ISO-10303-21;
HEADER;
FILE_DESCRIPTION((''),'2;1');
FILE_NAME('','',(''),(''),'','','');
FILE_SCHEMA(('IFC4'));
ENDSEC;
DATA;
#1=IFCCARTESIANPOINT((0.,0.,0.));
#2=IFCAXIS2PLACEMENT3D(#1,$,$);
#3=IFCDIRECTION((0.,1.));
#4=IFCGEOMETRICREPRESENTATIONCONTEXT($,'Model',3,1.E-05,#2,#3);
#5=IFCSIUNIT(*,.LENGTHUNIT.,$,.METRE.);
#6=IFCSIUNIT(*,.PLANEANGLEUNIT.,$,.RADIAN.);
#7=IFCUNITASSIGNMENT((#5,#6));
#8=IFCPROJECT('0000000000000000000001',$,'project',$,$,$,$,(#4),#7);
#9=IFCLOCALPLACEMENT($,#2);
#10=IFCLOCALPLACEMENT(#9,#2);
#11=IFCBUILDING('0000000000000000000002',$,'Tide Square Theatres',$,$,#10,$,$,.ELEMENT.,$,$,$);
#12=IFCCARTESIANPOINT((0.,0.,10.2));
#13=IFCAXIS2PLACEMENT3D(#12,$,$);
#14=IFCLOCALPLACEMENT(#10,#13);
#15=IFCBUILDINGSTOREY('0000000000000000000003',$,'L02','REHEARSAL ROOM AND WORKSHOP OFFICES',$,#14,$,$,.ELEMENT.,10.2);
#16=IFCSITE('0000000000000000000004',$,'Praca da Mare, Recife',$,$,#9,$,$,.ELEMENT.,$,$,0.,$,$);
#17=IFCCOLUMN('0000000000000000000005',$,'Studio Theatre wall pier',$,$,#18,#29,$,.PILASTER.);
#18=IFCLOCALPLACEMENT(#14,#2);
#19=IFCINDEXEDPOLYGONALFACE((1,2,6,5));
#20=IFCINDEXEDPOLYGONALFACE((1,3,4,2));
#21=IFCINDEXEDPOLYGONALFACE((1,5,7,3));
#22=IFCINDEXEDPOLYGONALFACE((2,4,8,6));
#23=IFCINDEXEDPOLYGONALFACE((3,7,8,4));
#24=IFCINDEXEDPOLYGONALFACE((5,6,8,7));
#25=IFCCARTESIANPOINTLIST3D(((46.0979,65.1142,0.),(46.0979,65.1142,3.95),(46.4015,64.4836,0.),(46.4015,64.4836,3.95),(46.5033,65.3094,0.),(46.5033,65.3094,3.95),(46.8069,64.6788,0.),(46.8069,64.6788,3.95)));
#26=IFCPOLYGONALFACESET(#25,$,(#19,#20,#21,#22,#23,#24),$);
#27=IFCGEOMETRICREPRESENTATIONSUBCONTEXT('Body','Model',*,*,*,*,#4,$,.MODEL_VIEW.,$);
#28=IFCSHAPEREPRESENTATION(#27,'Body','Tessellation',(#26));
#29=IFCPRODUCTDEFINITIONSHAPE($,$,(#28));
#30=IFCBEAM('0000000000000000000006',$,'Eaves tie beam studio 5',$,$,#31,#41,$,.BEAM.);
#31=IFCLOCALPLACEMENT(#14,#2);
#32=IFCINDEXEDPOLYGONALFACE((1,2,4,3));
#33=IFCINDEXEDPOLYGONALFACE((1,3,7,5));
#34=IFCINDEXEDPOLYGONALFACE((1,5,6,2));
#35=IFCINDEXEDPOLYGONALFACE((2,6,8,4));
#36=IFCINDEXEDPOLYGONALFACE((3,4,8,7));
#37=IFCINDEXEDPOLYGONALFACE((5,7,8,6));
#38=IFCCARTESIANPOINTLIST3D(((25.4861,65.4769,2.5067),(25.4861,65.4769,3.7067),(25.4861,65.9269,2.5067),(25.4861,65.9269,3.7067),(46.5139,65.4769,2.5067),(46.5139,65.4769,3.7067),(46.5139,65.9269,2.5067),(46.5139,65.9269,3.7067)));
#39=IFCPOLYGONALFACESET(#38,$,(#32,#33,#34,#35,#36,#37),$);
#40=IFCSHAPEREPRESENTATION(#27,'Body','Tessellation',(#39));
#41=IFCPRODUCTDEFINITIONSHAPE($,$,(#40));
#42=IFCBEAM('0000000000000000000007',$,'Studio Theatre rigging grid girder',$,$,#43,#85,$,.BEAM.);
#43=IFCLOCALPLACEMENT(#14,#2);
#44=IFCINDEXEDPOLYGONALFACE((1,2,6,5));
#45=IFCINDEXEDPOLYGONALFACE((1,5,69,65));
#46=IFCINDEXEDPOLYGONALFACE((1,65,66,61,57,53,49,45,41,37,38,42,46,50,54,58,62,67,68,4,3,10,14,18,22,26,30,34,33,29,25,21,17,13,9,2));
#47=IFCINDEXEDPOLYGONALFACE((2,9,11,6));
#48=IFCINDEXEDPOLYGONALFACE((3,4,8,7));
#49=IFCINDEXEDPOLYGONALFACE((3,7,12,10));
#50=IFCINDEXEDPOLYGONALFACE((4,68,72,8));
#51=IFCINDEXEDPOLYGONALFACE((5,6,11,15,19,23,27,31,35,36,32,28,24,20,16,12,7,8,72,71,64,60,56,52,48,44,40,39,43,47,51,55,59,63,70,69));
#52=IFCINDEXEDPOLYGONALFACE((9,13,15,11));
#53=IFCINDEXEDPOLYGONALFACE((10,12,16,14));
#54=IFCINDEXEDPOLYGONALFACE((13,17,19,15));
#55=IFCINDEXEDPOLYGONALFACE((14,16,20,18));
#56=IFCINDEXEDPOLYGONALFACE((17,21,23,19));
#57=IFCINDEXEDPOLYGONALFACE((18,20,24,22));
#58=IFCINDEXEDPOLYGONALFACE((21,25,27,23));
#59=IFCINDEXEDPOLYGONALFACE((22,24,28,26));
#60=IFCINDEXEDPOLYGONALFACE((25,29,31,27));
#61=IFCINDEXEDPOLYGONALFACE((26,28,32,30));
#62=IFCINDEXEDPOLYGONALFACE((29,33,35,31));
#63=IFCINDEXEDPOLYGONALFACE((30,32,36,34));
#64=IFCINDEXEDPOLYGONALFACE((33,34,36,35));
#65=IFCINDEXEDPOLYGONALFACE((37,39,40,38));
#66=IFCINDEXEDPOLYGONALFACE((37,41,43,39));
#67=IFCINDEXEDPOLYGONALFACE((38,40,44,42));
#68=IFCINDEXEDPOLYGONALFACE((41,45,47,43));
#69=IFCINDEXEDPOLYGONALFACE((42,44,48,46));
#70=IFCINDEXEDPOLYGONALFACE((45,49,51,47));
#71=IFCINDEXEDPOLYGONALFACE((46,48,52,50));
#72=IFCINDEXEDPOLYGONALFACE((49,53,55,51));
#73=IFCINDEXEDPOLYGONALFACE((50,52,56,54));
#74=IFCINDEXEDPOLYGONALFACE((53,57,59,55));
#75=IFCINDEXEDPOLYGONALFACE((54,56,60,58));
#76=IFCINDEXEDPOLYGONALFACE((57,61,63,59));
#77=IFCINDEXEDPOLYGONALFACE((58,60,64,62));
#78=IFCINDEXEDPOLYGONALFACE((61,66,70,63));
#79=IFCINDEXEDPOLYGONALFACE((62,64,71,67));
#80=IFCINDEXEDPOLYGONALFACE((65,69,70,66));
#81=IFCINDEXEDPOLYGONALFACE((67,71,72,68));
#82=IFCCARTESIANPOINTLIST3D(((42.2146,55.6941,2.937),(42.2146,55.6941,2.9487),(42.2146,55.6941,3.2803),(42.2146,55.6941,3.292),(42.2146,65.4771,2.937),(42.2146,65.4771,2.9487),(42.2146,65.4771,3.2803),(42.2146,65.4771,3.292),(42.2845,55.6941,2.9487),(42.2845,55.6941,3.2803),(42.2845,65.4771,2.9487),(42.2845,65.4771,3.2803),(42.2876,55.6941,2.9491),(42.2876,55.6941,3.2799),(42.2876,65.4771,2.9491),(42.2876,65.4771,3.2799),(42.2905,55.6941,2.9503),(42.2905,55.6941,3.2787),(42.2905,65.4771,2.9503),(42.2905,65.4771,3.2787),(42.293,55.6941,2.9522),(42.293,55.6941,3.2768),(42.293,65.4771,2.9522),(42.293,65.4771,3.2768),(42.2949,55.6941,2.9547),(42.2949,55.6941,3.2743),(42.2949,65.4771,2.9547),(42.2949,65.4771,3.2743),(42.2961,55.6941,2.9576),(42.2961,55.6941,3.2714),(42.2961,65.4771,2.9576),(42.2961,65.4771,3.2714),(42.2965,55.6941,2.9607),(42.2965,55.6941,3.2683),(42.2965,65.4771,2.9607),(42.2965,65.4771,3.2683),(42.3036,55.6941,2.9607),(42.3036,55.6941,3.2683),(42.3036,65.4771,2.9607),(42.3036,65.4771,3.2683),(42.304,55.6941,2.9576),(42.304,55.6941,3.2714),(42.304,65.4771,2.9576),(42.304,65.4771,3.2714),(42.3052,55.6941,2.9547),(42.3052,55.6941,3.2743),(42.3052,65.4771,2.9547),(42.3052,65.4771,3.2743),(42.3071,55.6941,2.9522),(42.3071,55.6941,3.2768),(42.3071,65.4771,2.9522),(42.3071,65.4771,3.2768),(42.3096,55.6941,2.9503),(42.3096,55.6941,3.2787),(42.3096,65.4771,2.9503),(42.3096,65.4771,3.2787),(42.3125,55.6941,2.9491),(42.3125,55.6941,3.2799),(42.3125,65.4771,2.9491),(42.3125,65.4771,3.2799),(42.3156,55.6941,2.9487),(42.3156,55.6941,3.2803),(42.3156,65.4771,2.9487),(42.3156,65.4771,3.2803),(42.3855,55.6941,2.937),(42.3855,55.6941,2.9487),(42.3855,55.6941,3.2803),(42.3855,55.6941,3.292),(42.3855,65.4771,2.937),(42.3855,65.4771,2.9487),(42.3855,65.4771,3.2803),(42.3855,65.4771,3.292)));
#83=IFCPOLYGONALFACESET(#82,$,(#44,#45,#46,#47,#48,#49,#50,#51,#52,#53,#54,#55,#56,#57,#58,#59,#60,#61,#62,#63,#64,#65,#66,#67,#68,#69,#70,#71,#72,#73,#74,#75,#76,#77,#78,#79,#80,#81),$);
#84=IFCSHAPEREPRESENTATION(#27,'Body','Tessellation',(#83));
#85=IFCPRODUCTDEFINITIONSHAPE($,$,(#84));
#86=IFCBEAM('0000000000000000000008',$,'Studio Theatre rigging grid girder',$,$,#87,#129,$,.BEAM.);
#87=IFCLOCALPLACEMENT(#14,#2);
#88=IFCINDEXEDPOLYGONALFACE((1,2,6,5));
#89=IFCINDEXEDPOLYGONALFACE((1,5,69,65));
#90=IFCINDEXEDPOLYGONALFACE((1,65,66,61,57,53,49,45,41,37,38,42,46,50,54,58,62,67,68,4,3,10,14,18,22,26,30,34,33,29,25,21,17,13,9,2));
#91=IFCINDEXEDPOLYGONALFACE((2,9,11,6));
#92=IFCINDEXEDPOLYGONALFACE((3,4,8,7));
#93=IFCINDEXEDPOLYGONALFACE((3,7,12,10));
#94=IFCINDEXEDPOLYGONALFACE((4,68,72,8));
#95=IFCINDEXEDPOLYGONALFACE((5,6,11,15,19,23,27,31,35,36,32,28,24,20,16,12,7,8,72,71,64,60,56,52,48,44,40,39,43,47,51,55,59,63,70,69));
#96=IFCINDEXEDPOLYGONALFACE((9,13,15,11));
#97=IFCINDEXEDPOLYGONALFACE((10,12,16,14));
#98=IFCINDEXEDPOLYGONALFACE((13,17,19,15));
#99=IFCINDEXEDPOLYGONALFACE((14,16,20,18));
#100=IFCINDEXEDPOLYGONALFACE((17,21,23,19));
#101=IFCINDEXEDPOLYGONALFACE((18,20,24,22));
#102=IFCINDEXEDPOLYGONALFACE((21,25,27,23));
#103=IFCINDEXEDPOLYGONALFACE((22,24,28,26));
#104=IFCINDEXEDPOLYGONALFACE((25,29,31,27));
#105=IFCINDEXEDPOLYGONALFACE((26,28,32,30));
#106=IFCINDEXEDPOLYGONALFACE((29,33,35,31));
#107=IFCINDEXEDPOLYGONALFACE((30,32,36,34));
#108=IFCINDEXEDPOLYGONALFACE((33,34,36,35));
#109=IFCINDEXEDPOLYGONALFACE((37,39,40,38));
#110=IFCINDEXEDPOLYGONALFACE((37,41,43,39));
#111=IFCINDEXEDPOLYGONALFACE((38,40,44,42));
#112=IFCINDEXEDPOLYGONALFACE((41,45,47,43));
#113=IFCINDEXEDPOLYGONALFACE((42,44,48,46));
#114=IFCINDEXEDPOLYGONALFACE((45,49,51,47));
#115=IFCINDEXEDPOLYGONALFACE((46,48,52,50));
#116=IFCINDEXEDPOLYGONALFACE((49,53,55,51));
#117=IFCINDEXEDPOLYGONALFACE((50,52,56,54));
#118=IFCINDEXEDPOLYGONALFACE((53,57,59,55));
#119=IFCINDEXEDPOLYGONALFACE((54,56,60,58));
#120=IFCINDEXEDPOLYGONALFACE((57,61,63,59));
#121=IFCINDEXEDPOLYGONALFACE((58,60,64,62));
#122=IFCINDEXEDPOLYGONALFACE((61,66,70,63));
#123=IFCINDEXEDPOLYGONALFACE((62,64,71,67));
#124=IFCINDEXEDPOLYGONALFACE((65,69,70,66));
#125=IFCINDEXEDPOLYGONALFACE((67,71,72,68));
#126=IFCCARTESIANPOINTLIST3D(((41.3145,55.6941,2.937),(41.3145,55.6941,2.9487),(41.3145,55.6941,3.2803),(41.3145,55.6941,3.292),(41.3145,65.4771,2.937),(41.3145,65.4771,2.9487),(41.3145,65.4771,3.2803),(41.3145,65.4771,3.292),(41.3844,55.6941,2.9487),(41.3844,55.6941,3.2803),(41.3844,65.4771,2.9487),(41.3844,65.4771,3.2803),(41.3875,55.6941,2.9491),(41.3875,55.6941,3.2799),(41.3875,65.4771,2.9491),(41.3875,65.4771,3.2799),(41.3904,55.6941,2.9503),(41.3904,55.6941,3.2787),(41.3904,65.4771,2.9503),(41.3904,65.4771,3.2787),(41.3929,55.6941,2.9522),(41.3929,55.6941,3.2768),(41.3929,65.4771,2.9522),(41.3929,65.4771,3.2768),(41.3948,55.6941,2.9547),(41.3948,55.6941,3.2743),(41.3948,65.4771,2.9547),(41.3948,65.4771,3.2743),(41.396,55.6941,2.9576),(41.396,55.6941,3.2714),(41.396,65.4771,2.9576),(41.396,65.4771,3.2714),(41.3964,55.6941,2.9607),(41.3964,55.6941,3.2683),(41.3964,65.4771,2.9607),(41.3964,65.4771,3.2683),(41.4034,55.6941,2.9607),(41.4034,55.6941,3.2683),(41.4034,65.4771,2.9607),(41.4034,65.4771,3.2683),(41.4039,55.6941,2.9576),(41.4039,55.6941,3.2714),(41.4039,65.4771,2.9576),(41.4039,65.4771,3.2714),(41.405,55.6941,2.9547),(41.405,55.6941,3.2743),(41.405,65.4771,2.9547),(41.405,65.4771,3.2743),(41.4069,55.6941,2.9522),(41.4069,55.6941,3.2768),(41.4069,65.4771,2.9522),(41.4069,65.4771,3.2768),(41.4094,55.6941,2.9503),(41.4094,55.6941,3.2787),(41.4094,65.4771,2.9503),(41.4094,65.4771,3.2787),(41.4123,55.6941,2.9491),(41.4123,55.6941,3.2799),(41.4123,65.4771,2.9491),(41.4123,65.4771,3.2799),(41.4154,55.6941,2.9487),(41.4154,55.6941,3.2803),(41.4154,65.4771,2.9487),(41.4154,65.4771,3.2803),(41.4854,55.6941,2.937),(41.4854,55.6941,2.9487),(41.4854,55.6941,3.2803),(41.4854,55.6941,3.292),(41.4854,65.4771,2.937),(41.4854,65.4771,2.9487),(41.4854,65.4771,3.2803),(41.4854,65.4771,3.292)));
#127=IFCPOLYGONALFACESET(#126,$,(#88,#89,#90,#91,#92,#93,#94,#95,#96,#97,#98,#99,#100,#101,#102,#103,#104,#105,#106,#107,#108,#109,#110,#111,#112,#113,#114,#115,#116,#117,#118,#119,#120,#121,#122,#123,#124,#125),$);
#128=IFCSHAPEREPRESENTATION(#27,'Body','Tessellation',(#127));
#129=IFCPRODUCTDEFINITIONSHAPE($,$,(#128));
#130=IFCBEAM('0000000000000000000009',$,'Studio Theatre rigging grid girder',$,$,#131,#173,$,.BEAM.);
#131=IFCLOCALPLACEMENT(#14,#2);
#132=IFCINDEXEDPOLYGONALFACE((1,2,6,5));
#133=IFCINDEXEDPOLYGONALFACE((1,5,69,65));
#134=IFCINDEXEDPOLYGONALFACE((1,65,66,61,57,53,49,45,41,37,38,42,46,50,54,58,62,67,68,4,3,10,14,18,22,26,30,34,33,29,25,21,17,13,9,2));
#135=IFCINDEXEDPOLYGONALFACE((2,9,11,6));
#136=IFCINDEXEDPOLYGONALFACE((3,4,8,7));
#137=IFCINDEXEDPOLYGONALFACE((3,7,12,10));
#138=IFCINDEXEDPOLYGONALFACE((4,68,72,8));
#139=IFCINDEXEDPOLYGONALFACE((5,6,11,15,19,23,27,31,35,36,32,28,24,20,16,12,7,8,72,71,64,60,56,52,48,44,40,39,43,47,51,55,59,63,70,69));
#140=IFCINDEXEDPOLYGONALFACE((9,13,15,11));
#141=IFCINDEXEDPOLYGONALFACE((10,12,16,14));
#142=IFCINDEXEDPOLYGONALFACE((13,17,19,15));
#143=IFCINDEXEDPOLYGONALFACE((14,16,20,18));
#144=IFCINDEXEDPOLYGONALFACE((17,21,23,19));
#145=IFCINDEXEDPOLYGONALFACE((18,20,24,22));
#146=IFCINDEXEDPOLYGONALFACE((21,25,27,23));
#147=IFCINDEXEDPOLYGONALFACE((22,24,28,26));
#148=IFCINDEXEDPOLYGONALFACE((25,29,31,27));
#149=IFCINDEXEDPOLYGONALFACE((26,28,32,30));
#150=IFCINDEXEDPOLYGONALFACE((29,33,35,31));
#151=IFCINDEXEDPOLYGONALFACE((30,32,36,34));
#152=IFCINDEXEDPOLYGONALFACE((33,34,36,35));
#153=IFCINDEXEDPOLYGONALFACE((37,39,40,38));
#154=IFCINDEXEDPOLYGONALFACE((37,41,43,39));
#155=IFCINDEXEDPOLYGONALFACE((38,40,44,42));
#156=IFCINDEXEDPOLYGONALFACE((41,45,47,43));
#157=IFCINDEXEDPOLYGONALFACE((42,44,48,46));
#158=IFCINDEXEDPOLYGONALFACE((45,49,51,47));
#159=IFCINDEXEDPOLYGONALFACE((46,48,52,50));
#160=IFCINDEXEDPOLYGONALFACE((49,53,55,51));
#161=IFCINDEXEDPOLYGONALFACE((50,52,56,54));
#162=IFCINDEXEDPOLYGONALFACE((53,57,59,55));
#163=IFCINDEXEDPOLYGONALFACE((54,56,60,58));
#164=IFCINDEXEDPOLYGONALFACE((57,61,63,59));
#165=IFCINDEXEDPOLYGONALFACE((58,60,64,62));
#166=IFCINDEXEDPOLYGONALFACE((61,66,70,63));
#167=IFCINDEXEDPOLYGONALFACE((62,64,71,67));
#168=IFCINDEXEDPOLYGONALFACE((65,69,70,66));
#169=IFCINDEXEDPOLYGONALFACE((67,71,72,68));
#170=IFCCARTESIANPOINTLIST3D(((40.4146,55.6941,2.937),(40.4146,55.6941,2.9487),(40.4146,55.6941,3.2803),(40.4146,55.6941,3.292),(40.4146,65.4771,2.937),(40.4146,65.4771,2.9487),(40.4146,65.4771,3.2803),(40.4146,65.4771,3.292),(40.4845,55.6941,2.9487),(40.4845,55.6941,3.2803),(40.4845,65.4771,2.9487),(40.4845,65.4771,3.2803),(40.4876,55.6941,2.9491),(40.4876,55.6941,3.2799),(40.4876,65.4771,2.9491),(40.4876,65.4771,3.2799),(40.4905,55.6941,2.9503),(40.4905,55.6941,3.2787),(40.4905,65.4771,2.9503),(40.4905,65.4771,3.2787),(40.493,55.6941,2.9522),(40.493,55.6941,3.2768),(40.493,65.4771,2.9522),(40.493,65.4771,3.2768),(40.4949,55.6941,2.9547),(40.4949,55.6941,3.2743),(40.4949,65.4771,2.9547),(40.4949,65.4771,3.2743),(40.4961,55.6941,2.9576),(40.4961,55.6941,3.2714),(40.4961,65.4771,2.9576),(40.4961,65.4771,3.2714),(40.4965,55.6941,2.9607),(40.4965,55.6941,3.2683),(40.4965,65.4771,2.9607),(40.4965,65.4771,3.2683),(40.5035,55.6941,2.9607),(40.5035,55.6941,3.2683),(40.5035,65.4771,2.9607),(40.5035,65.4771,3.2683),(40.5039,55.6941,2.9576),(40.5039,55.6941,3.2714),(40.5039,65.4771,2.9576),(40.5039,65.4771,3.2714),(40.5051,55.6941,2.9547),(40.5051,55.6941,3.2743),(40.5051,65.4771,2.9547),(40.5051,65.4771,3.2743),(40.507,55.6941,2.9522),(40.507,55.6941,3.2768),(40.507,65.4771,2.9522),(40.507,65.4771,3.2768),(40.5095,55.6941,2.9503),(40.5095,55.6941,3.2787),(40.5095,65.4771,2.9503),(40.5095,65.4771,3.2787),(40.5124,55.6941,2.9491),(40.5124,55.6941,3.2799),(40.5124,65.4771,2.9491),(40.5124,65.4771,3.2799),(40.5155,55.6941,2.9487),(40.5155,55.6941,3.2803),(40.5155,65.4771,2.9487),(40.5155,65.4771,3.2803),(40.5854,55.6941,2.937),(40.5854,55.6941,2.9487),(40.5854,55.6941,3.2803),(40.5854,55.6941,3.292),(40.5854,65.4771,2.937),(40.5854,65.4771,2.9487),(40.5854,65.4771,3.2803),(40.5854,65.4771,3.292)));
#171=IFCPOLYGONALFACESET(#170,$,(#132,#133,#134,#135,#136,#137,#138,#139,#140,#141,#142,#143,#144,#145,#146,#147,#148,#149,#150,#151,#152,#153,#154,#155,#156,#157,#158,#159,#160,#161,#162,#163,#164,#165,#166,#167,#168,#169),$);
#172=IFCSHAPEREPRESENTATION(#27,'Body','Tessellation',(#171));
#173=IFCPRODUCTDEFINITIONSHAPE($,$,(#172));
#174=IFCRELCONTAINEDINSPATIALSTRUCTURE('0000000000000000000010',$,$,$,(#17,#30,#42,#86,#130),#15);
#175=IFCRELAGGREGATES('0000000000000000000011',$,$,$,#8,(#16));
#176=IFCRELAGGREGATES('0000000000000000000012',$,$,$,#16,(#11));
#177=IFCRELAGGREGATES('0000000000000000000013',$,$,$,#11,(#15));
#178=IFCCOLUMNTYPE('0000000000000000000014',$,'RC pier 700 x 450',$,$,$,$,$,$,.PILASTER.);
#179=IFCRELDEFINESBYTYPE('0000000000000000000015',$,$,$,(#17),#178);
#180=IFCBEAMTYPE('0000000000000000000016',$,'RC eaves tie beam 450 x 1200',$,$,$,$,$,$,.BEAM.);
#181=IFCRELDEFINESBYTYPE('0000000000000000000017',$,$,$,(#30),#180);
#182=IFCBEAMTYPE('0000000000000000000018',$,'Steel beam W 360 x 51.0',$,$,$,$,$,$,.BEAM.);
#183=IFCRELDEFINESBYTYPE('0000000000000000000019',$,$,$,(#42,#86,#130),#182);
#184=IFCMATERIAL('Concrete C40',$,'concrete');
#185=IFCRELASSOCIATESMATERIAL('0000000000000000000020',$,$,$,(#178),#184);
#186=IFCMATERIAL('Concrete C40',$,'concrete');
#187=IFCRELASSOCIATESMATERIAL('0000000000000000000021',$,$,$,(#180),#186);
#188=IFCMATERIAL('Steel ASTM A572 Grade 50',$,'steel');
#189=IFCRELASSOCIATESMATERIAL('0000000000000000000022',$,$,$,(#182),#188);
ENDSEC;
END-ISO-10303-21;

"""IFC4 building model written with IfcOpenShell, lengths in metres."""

from ifc_helpers import new_model, si_unit, direction, frame, origin, origin_2d, place, context, subcontext, project, spatial, rectangle, i_section, extrude, material, material_profile, profile_set, type_object, element, save


model = new_model("IFC4")

# Units and contexts
model_context = context("Model", 3, precision=1e-05, world=origin(), true_north=direction((0.0, 1.0)))
body_context = subcontext(model_context, "Body", "Model", "MODEL_VIEW")
ifc_project = project(units=[si_unit("LENGTHUNIT", "METRE"), si_unit("PLANEANGLEUNIT", "RADIAN")], contexts=[model_context])

# Site, building, storey
site_placement = place(None, origin())
site = spatial("IfcSite", under=ifc_project, at=site_placement, Name="Praca da Mare, Recife", CompositionType="ELEMENT", RefElevation=0.0)
building_placement = place(site_placement, origin())
building = spatial("IfcBuilding", under=site, at=building_placement, Name="Tide Square Theatres", CompositionType="ELEMENT")
storey_placement = place(building_placement, frame((0.0, 0.0, 10.2)))
storey = spatial("IfcBuildingStorey", under=building, at=storey_placement, Name="L02", Description="REHEARSAL ROOM AND WORKSHOP OFFICES", CompositionType="ELEMENT", Elevation=10.2)

# Column
ifc_material_1 = material(Name="Concrete C40", Category="concrete")
ifc_material_profile_1 = material_profile(ifc_material_1, rectangle(XDim=0.7, YDim=0.45, at=origin_2d()))
ifc_profile_set_1 = profile_set([ifc_material_profile_1], Name="Concrete C40")
column_type = type_object("IfcColumnType", Name="RC pier 700 x 450", PredefinedType="PILASTER", material=ifc_profile_set_1)
column_placement = place(storey_placement, frame((46.4524, 64.8965, 0.0), z_axis=(0.0, 0.0, 1.0), x_axis=(-0.433814, 0.901003, 0.0)))
element("IfcColumn", 1, at=column_placement, inside=storey, type_object=column_type, Name="Studio Theatre wall pier", PredefinedType="PILASTER", context=body_context, shape_type="SweptSolid", body=[
    extrude(rectangle(XDim=0.7, YDim=0.45, at=origin_2d()), origin(), (0.0, 0.0, 1.0), 3.95),
])

# Beams
ifc_material_2 = material(Name="Concrete C40", Category="concrete")
ifc_material_profile_2 = material_profile(ifc_material_2, rectangle(XDim=0.45, YDim=1.2, at=origin_2d()))
ifc_profile_set_2 = profile_set([ifc_material_profile_2], Name="Concrete C40")
beam_type_1 = type_object("IfcBeamType", Name="RC eaves tie beam 450 x 1200", PredefinedType="BEAM", material=ifc_profile_set_2)
beam_placement = place(storey_placement, frame((46.5139, 65.7019, 3.1067), z_axis=(-1.0, 0.0, 0.0), x_axis=(0.0, -1.0, 0.0)))
element("IfcBeam", 2, at=beam_placement, inside=storey, type_object=beam_type_1, Name="Eaves tie beam studio 5", PredefinedType="BEAM", context=body_context, shape_type="SweptSolid", body=[
    extrude(rectangle(XDim=0.45, YDim=1.2, at=origin_2d()), origin(), (0.0, 0.0, 1.0), 21.0278),
])
ifc_material_3 = material(Name="Steel ASTM A572 Grade 50", Category="steel")
ifc_material_profile_3 = material_profile(ifc_material_3, i_section(OverallWidth=0.1709, OverallDepth=0.355, WebThickness=0.0071, FlangeThickness=0.0117, FilletRadius=0.012, at=origin_2d()))
ifc_profile_set_3 = profile_set([ifc_material_profile_3], Name="Steel ASTM A572 Grade 50")
beam_type_2 = type_object("IfcBeamType", Name="Steel beam W 360 x 51.0", PredefinedType="BEAM", material=ifc_profile_set_3)
for number, where, z_axis, x_axis, name in (
    (3, (42.3, 55.6941, 3.1145), (0.0, 1.0, 0.0), (-1.0, 0.0, 0.0), "Studio Theatre rigging grid girder"),
    (4, (41.3999, 55.6941, 3.1145), (0.0, 1.0, 0.0), (-1.0, 0.0, 0.0), "Studio Theatre rigging grid girder"),
    (5, (40.5, 55.6941, 3.1145), (0.0, 1.0, 0.0), (-1.0, 0.0, 0.0), "Studio Theatre rigging grid girder"),
):
    element("IfcBeam", number, at=place(storey_placement, frame(where, z_axis=z_axis, x_axis=x_axis)), inside=storey, type_object=beam_type_2, Name=name, PredefinedType="BEAM", context=body_context, shape_type="SweptSolid", body=[
        extrude(i_section(OverallWidth=0.1709, OverallDepth=0.355, WebThickness=0.0071, FlangeThickness=0.0117, FilletRadius=0.012, at=origin_2d()), origin(), (0.0, 0.0, 1.0), 9.783),
    ])

save(model, "model.ifc")
